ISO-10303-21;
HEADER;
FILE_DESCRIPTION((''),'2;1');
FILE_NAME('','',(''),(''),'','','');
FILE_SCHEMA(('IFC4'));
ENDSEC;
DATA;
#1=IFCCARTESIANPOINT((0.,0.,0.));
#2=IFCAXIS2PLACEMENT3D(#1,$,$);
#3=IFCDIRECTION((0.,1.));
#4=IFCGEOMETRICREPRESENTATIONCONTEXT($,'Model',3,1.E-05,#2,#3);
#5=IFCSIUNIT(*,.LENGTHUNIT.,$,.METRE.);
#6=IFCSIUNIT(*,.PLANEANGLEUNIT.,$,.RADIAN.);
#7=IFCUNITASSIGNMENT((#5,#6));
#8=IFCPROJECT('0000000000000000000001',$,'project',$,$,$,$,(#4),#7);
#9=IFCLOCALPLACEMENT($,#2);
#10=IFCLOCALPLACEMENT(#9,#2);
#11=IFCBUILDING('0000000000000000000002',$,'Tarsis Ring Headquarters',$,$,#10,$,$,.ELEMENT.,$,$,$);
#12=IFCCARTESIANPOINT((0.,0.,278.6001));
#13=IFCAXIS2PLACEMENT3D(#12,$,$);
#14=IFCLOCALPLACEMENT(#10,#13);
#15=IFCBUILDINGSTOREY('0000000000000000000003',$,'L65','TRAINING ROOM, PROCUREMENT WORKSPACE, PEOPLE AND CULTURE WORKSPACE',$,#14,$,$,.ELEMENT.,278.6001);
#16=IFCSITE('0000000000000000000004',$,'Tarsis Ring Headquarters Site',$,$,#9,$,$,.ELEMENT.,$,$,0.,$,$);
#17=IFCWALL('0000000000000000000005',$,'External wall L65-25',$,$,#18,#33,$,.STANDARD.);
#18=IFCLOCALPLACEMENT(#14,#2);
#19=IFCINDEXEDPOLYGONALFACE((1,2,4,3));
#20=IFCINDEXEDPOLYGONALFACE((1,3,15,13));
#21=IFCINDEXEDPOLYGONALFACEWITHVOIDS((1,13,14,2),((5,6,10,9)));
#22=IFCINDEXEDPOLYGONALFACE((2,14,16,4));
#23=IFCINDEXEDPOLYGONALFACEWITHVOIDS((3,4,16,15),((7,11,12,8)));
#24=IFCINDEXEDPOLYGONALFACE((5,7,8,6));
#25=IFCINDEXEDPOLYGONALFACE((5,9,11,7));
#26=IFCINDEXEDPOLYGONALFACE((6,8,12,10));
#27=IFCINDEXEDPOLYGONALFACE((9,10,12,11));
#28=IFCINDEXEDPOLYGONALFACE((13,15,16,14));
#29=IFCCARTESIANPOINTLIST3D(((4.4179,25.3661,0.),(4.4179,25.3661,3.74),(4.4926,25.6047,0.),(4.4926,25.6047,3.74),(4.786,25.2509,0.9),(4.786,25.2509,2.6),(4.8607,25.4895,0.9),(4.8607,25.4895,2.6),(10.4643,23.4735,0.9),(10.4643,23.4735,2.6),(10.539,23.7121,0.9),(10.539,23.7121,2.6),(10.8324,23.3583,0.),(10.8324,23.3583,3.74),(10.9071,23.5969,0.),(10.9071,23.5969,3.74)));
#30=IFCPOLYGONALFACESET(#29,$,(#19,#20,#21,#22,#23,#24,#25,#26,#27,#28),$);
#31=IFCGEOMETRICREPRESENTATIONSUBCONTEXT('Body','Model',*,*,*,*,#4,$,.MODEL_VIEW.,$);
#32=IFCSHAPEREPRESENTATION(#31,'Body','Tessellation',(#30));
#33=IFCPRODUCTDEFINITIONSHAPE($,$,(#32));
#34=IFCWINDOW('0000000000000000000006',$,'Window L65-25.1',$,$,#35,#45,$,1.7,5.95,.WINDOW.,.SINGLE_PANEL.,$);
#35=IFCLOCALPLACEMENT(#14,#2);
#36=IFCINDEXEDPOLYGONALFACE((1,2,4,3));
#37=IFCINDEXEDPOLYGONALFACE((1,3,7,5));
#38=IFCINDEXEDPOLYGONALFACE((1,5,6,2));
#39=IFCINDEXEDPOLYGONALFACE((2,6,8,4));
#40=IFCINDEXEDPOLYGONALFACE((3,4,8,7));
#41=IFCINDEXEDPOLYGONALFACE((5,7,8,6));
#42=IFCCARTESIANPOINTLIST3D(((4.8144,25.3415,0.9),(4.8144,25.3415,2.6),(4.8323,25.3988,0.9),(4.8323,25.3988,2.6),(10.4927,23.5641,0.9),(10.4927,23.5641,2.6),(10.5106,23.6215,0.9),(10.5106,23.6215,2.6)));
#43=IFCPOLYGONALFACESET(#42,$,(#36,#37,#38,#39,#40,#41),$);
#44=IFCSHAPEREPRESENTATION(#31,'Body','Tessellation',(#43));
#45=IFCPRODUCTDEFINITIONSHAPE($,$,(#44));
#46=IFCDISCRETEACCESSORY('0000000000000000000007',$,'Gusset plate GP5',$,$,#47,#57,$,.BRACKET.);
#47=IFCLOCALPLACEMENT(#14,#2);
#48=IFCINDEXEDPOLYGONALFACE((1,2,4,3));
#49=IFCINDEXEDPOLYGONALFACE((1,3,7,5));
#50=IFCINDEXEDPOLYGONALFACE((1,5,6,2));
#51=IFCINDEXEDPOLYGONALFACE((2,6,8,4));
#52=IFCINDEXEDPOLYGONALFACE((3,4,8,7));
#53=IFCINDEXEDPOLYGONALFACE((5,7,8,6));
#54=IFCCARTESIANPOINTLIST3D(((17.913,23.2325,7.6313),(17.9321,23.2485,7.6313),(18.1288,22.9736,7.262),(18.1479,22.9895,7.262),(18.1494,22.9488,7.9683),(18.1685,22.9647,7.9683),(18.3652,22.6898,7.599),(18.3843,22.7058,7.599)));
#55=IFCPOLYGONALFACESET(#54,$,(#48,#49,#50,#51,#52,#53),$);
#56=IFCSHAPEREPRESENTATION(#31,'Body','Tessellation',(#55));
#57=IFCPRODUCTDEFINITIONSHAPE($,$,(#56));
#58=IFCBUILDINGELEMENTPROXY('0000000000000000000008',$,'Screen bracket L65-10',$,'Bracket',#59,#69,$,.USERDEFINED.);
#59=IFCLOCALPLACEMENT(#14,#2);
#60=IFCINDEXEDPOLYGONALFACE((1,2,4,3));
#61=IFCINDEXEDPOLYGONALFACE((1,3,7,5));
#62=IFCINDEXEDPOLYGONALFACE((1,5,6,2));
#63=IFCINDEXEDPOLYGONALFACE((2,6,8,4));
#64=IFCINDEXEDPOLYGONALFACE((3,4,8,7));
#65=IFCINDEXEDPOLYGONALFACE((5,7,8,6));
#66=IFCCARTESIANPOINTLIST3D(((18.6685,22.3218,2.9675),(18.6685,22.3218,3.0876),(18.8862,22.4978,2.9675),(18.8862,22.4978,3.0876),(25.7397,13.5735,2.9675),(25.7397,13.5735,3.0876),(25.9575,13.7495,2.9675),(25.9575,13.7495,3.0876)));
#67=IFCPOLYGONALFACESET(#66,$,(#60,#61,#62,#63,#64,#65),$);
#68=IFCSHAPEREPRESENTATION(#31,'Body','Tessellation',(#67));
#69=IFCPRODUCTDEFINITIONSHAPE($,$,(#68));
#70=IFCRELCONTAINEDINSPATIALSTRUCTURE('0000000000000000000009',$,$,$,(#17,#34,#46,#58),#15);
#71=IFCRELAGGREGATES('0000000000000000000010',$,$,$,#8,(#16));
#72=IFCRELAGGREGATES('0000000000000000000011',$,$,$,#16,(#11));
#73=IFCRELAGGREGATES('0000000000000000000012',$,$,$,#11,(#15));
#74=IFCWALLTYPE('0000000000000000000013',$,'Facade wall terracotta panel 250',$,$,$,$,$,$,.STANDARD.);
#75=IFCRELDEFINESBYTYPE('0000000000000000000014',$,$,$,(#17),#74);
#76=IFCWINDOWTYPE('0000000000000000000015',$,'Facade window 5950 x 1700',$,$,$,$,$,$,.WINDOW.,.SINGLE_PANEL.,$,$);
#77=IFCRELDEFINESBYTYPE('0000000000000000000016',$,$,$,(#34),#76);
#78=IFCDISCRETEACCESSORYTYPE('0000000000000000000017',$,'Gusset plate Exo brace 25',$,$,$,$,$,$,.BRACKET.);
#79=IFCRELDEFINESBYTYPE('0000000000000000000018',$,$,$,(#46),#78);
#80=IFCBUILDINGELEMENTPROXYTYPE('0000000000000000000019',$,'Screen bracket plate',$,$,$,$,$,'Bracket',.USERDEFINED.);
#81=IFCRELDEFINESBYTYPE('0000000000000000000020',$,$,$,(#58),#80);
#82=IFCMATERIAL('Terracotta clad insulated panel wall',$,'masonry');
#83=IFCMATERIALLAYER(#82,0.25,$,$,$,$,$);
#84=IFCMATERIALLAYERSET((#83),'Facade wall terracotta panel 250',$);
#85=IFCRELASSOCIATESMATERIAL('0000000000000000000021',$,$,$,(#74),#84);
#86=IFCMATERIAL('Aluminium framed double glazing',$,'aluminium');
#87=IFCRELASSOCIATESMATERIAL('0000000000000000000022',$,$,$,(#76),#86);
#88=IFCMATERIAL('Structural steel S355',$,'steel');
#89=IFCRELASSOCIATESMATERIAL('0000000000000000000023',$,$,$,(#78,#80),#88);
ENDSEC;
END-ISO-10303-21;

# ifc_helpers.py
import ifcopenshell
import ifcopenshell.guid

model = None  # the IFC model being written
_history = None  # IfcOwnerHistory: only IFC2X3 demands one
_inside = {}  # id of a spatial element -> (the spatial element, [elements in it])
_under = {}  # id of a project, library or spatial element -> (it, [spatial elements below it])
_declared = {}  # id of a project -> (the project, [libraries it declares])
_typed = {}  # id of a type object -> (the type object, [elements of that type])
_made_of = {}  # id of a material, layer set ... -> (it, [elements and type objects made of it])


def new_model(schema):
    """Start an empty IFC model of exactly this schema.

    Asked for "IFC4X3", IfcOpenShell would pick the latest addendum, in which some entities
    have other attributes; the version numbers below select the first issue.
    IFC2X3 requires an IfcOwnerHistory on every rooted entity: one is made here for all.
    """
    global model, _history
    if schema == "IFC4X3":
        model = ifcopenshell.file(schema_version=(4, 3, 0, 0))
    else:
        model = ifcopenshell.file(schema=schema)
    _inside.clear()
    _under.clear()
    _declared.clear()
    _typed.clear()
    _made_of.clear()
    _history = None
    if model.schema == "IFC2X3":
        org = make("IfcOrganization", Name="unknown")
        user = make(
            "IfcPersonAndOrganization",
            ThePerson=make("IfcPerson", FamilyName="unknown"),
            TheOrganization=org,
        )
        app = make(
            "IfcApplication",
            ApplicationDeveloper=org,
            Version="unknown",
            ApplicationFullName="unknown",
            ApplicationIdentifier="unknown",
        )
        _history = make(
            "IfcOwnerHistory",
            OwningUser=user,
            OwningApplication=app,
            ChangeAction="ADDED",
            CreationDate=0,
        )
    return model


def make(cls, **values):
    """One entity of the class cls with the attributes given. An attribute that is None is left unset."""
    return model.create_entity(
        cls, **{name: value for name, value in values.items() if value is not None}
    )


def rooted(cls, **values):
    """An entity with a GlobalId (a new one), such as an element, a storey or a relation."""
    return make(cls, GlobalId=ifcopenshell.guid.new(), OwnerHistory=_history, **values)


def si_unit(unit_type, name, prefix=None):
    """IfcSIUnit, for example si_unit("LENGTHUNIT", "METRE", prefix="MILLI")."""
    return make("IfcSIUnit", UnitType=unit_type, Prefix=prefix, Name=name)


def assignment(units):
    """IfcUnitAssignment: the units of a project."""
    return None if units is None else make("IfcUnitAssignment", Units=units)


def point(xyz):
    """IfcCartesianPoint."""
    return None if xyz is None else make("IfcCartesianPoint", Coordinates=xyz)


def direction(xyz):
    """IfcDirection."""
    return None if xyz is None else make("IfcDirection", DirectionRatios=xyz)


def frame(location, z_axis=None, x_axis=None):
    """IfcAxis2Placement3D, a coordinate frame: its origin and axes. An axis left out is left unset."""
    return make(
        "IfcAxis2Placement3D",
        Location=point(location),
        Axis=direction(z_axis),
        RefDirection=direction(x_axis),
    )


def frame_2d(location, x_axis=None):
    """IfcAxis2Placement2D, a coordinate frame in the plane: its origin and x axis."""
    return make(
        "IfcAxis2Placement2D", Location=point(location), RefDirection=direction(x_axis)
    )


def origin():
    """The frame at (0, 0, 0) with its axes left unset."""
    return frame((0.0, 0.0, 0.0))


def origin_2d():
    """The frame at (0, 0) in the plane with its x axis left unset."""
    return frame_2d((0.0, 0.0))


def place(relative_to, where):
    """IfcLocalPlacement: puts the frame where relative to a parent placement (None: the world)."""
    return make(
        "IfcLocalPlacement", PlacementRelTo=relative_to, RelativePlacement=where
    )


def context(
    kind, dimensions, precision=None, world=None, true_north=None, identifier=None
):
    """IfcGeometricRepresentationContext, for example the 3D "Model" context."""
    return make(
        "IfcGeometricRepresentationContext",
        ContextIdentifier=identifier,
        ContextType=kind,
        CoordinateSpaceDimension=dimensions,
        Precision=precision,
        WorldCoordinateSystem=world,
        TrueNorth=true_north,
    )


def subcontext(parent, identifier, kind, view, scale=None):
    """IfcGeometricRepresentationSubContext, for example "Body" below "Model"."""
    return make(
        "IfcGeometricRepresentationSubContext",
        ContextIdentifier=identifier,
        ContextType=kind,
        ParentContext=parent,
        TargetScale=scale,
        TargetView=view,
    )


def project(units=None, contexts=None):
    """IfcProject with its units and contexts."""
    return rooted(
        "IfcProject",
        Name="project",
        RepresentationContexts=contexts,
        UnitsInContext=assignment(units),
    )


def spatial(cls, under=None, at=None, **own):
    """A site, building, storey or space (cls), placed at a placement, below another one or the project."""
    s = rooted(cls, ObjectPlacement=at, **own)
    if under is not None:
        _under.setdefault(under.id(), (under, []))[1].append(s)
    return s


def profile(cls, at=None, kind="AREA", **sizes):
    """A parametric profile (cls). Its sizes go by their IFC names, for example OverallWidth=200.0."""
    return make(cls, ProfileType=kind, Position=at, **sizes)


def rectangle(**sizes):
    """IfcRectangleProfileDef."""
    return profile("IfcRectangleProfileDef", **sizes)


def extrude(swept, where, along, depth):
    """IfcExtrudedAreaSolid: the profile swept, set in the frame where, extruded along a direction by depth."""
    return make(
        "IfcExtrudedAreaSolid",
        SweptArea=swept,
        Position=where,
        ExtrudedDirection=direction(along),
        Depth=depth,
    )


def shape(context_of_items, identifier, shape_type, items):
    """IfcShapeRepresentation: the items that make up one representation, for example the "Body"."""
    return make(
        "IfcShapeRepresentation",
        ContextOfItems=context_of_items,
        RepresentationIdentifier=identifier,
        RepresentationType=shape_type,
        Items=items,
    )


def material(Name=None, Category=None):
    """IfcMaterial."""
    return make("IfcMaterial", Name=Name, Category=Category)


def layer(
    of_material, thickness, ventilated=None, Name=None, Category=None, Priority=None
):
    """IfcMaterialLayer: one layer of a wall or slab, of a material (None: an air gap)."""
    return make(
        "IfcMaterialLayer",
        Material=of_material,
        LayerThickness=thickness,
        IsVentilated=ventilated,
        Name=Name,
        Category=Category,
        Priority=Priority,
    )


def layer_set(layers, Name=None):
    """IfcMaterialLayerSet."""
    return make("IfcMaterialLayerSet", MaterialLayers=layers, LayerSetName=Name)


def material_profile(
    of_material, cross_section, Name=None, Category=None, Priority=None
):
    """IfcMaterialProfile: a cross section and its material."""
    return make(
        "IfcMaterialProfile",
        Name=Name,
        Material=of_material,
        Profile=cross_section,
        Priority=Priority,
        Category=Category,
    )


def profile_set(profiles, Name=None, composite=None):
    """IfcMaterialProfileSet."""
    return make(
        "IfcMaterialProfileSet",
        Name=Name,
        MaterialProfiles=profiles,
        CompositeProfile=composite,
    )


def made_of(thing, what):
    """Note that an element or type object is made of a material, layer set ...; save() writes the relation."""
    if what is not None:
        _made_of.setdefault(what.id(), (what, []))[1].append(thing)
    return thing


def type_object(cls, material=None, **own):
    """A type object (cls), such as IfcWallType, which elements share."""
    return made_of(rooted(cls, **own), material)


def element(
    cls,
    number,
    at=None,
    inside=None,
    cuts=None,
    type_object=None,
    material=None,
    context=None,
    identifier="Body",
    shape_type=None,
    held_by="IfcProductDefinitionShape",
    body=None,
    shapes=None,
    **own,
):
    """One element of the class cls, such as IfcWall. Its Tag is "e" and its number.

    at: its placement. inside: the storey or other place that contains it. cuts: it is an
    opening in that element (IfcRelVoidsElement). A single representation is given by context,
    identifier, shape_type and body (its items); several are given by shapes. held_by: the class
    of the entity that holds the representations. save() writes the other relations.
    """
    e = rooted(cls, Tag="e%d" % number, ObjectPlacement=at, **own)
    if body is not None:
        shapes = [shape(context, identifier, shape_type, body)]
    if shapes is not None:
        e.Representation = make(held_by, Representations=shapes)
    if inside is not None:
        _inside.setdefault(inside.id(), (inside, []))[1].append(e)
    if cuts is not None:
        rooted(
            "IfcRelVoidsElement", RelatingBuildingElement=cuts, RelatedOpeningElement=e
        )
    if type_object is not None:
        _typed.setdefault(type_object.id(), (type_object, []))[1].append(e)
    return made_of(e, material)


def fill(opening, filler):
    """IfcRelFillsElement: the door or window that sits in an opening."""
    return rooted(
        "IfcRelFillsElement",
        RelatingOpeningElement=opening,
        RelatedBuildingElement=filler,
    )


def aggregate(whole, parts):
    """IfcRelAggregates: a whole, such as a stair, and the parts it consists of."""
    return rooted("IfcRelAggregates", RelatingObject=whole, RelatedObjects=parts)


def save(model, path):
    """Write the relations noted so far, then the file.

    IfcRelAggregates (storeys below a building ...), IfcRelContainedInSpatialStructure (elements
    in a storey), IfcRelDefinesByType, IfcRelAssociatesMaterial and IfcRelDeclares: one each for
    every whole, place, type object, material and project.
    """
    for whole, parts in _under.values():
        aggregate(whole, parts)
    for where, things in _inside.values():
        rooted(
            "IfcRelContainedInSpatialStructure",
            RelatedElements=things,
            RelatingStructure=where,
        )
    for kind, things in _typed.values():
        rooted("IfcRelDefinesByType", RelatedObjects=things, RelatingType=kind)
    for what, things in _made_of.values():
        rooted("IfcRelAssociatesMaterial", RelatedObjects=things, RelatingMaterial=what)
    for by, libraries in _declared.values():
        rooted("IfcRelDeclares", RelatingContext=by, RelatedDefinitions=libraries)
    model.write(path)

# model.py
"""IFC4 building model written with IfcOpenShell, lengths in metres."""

from ifc_helpers import new_model, si_unit, direction, frame, frame_2d, origin, origin_2d, place, context, subcontext, project, spatial, rectangle, extrude, material, layer, layer_set, material_profile, profile_set, type_object, element, fill, save


model = new_model("IFC4")

# Units and contexts
model_context = context("Model", 3, precision=1e-05, world=origin(), true_north=direction((0.0, 1.0)))
body_context = subcontext(model_context, "Body", "Model", "MODEL_VIEW")
ifc_project = project(units=[si_unit("LENGTHUNIT", "METRE"), si_unit("PLANEANGLEUNIT", "RADIAN")], contexts=[model_context])

# Site, building, storey
site_placement = place(None, origin())
site = spatial("IfcSite", under=ifc_project, at=site_placement, Name="Tarsis Ring Headquarters Site", CompositionType="ELEMENT", RefElevation=0.0)
building_placement = place(site_placement, origin())
building = spatial("IfcBuilding", under=site, at=building_placement, Name="Tarsis Ring Headquarters", CompositionType="ELEMENT")
storey_placement = place(building_placement, frame((0.0, 0.0, 278.6001)))
storey = spatial("IfcBuildingStorey", under=building, at=storey_placement, Name="L65", Description="TRAINING ROOM, PROCUREMENT WORKSPACE, PEOPLE AND CULTURE WORKSPACE", CompositionType="ELEMENT", Elevation=278.6001)

# Shared definitions
ifc_material_1 = material(Name="Structural steel S355", Category="steel")

# Wall, opening, window
ifc_material_2 = material(Name="Terracotta clad insulated panel wall", Category="masonry")
ifc_layer_1 = layer(ifc_material_2, 0.25)
ifc_layer_set_1 = layer_set([ifc_layer_1], Name="Facade wall terracotta panel 250")
wall_type_1 = type_object("IfcWallType", Name="Facade wall terracotta panel 250", PredefinedType="STANDARD", material=ifc_layer_set_1)
ifc_material_3 = material(Name="Aluminium framed double glazing", Category="aluminium")
window_type = type_object("IfcWindowType", Name="Facade window 5950 x 1700", PartitioningType="SINGLE_PANEL", PredefinedType="WINDOW", material=ifc_material_3)
wall_1_placement = place(storey_placement, frame((10.8699, 23.4775, 0.0), z_axis=(0.0, 0.0, 1.0), x_axis=(-0.954342, 0.298718, 0.0)))
wall_1 = element("IfcWall", 1, at=wall_1_placement, inside=storey, type_object=wall_type_1, Name="External wall L65-25", PredefinedType="STANDARD", context=body_context, shape_type="SweptSolid", body=[
    extrude(rectangle(XDim=6.7214, YDim=0.25, at=frame_2d((3.3608, 0.0))), origin(), (0.0, 0.0, 1.0), 3.74),
])
opening_1_placement = place(wall_1_placement, frame((0.3857, 0.0, 0.8999)))
opening_1 = element("IfcOpeningElement", 2, at=opening_1_placement, cuts=wall_1, PredefinedType="OPENING", context=body_context, shape_type="SweptSolid", body=[
    extrude(rectangle(XDim=5.95, YDim=1.7, at=frame_2d((2.9751, 0.8501))), frame((0.0, 0.135, 0.0), z_axis=(0.0, -1.0, 0.0), x_axis=(1.0, 0.0, 0.0)), (0.0, 0.0, 1.0), 0.27),
])
window_1_placement = place(opening_1_placement, origin())
window_1 = element("IfcWindow", 3, at=window_1_placement, inside=storey, type_object=window_type, Name="Window L65-25.1", OverallHeight=1.7, OverallWidth=5.95, PartitioningType="SINGLE_PANEL", PredefinedType="WINDOW", context=body_context, shape_type="SweptSolid", body=[
    extrude(rectangle(XDim=5.95, YDim=1.7, at=frame_2d((2.9751, 0.8501))), frame((0.0, 0.03, 0.0), z_axis=(0.0, -1.0, 0.0), x_axis=(1.0, 0.0, 0.0)), (0.0, 0.0, 1.0), 0.0601),
])
fill(opening_1, window_1)

# Discrete accessory
ifc_material_profile_1 = material_profile(ifc_material_1, rectangle(XDim=0.0249, YDim=0.5, at=origin_2d()), Name="PL 25x500")
ifc_profile_set_1 = profile_set([ifc_material_profile_1], Name="Structural steel S355")
discrete_accessory_type = type_object("IfcDiscreteAccessoryType", Name="Gusset plate Exo brace 25", PredefinedType="BRACKET", material=ifc_profile_set_1)
discrete_accessory_placement = place(storey_placement, frame((18.0408, 23.0986, 7.7998), z_axis=(0.431536, -0.51794, -0.73859), x_axis=(0.768281, 0.640113, 0.0)))
element("IfcDiscreteAccessory", 4, at=discrete_accessory_placement, inside=storey, type_object=discrete_accessory_type, Name="Gusset plate GP5", PredefinedType="BRACKET", context=body_context, shape_type="SweptSolid", body=[
    extrude(rectangle(XDim=0.0249, YDim=0.5, at=origin_2d()), origin(), (0.0, 0.0, 1.0), 0.5),
])

# Building element proxy
building_element_proxy_type = type_object("IfcBuildingElementProxyType", Name="Screen bracket plate", ElementType="Bracket", PredefinedType="USERDEFINED", material=ifc_material_1)
proxy_placement = place(storey_placement, frame((22.313, 18.0356, 2.9675), z_axis=(0.0, 0.0, 1.0), x_axis=(-0.628625, 0.777709, 0.0)))
element("IfcBuildingElementProxy", 5, at=proxy_placement, inside=storey, type_object=building_element_proxy_type, Name="Screen bracket L65-10", ObjectType="Bracket", PredefinedType="USERDEFINED", context=body_context, shape_type="SweptSolid", body=[
    extrude(rectangle(XDim=11.2488, YDim=0.28, at=origin_2d()), origin(), (0.0, 0.0, 1.0), 0.1201),
])

save(model, "model.ifc")
